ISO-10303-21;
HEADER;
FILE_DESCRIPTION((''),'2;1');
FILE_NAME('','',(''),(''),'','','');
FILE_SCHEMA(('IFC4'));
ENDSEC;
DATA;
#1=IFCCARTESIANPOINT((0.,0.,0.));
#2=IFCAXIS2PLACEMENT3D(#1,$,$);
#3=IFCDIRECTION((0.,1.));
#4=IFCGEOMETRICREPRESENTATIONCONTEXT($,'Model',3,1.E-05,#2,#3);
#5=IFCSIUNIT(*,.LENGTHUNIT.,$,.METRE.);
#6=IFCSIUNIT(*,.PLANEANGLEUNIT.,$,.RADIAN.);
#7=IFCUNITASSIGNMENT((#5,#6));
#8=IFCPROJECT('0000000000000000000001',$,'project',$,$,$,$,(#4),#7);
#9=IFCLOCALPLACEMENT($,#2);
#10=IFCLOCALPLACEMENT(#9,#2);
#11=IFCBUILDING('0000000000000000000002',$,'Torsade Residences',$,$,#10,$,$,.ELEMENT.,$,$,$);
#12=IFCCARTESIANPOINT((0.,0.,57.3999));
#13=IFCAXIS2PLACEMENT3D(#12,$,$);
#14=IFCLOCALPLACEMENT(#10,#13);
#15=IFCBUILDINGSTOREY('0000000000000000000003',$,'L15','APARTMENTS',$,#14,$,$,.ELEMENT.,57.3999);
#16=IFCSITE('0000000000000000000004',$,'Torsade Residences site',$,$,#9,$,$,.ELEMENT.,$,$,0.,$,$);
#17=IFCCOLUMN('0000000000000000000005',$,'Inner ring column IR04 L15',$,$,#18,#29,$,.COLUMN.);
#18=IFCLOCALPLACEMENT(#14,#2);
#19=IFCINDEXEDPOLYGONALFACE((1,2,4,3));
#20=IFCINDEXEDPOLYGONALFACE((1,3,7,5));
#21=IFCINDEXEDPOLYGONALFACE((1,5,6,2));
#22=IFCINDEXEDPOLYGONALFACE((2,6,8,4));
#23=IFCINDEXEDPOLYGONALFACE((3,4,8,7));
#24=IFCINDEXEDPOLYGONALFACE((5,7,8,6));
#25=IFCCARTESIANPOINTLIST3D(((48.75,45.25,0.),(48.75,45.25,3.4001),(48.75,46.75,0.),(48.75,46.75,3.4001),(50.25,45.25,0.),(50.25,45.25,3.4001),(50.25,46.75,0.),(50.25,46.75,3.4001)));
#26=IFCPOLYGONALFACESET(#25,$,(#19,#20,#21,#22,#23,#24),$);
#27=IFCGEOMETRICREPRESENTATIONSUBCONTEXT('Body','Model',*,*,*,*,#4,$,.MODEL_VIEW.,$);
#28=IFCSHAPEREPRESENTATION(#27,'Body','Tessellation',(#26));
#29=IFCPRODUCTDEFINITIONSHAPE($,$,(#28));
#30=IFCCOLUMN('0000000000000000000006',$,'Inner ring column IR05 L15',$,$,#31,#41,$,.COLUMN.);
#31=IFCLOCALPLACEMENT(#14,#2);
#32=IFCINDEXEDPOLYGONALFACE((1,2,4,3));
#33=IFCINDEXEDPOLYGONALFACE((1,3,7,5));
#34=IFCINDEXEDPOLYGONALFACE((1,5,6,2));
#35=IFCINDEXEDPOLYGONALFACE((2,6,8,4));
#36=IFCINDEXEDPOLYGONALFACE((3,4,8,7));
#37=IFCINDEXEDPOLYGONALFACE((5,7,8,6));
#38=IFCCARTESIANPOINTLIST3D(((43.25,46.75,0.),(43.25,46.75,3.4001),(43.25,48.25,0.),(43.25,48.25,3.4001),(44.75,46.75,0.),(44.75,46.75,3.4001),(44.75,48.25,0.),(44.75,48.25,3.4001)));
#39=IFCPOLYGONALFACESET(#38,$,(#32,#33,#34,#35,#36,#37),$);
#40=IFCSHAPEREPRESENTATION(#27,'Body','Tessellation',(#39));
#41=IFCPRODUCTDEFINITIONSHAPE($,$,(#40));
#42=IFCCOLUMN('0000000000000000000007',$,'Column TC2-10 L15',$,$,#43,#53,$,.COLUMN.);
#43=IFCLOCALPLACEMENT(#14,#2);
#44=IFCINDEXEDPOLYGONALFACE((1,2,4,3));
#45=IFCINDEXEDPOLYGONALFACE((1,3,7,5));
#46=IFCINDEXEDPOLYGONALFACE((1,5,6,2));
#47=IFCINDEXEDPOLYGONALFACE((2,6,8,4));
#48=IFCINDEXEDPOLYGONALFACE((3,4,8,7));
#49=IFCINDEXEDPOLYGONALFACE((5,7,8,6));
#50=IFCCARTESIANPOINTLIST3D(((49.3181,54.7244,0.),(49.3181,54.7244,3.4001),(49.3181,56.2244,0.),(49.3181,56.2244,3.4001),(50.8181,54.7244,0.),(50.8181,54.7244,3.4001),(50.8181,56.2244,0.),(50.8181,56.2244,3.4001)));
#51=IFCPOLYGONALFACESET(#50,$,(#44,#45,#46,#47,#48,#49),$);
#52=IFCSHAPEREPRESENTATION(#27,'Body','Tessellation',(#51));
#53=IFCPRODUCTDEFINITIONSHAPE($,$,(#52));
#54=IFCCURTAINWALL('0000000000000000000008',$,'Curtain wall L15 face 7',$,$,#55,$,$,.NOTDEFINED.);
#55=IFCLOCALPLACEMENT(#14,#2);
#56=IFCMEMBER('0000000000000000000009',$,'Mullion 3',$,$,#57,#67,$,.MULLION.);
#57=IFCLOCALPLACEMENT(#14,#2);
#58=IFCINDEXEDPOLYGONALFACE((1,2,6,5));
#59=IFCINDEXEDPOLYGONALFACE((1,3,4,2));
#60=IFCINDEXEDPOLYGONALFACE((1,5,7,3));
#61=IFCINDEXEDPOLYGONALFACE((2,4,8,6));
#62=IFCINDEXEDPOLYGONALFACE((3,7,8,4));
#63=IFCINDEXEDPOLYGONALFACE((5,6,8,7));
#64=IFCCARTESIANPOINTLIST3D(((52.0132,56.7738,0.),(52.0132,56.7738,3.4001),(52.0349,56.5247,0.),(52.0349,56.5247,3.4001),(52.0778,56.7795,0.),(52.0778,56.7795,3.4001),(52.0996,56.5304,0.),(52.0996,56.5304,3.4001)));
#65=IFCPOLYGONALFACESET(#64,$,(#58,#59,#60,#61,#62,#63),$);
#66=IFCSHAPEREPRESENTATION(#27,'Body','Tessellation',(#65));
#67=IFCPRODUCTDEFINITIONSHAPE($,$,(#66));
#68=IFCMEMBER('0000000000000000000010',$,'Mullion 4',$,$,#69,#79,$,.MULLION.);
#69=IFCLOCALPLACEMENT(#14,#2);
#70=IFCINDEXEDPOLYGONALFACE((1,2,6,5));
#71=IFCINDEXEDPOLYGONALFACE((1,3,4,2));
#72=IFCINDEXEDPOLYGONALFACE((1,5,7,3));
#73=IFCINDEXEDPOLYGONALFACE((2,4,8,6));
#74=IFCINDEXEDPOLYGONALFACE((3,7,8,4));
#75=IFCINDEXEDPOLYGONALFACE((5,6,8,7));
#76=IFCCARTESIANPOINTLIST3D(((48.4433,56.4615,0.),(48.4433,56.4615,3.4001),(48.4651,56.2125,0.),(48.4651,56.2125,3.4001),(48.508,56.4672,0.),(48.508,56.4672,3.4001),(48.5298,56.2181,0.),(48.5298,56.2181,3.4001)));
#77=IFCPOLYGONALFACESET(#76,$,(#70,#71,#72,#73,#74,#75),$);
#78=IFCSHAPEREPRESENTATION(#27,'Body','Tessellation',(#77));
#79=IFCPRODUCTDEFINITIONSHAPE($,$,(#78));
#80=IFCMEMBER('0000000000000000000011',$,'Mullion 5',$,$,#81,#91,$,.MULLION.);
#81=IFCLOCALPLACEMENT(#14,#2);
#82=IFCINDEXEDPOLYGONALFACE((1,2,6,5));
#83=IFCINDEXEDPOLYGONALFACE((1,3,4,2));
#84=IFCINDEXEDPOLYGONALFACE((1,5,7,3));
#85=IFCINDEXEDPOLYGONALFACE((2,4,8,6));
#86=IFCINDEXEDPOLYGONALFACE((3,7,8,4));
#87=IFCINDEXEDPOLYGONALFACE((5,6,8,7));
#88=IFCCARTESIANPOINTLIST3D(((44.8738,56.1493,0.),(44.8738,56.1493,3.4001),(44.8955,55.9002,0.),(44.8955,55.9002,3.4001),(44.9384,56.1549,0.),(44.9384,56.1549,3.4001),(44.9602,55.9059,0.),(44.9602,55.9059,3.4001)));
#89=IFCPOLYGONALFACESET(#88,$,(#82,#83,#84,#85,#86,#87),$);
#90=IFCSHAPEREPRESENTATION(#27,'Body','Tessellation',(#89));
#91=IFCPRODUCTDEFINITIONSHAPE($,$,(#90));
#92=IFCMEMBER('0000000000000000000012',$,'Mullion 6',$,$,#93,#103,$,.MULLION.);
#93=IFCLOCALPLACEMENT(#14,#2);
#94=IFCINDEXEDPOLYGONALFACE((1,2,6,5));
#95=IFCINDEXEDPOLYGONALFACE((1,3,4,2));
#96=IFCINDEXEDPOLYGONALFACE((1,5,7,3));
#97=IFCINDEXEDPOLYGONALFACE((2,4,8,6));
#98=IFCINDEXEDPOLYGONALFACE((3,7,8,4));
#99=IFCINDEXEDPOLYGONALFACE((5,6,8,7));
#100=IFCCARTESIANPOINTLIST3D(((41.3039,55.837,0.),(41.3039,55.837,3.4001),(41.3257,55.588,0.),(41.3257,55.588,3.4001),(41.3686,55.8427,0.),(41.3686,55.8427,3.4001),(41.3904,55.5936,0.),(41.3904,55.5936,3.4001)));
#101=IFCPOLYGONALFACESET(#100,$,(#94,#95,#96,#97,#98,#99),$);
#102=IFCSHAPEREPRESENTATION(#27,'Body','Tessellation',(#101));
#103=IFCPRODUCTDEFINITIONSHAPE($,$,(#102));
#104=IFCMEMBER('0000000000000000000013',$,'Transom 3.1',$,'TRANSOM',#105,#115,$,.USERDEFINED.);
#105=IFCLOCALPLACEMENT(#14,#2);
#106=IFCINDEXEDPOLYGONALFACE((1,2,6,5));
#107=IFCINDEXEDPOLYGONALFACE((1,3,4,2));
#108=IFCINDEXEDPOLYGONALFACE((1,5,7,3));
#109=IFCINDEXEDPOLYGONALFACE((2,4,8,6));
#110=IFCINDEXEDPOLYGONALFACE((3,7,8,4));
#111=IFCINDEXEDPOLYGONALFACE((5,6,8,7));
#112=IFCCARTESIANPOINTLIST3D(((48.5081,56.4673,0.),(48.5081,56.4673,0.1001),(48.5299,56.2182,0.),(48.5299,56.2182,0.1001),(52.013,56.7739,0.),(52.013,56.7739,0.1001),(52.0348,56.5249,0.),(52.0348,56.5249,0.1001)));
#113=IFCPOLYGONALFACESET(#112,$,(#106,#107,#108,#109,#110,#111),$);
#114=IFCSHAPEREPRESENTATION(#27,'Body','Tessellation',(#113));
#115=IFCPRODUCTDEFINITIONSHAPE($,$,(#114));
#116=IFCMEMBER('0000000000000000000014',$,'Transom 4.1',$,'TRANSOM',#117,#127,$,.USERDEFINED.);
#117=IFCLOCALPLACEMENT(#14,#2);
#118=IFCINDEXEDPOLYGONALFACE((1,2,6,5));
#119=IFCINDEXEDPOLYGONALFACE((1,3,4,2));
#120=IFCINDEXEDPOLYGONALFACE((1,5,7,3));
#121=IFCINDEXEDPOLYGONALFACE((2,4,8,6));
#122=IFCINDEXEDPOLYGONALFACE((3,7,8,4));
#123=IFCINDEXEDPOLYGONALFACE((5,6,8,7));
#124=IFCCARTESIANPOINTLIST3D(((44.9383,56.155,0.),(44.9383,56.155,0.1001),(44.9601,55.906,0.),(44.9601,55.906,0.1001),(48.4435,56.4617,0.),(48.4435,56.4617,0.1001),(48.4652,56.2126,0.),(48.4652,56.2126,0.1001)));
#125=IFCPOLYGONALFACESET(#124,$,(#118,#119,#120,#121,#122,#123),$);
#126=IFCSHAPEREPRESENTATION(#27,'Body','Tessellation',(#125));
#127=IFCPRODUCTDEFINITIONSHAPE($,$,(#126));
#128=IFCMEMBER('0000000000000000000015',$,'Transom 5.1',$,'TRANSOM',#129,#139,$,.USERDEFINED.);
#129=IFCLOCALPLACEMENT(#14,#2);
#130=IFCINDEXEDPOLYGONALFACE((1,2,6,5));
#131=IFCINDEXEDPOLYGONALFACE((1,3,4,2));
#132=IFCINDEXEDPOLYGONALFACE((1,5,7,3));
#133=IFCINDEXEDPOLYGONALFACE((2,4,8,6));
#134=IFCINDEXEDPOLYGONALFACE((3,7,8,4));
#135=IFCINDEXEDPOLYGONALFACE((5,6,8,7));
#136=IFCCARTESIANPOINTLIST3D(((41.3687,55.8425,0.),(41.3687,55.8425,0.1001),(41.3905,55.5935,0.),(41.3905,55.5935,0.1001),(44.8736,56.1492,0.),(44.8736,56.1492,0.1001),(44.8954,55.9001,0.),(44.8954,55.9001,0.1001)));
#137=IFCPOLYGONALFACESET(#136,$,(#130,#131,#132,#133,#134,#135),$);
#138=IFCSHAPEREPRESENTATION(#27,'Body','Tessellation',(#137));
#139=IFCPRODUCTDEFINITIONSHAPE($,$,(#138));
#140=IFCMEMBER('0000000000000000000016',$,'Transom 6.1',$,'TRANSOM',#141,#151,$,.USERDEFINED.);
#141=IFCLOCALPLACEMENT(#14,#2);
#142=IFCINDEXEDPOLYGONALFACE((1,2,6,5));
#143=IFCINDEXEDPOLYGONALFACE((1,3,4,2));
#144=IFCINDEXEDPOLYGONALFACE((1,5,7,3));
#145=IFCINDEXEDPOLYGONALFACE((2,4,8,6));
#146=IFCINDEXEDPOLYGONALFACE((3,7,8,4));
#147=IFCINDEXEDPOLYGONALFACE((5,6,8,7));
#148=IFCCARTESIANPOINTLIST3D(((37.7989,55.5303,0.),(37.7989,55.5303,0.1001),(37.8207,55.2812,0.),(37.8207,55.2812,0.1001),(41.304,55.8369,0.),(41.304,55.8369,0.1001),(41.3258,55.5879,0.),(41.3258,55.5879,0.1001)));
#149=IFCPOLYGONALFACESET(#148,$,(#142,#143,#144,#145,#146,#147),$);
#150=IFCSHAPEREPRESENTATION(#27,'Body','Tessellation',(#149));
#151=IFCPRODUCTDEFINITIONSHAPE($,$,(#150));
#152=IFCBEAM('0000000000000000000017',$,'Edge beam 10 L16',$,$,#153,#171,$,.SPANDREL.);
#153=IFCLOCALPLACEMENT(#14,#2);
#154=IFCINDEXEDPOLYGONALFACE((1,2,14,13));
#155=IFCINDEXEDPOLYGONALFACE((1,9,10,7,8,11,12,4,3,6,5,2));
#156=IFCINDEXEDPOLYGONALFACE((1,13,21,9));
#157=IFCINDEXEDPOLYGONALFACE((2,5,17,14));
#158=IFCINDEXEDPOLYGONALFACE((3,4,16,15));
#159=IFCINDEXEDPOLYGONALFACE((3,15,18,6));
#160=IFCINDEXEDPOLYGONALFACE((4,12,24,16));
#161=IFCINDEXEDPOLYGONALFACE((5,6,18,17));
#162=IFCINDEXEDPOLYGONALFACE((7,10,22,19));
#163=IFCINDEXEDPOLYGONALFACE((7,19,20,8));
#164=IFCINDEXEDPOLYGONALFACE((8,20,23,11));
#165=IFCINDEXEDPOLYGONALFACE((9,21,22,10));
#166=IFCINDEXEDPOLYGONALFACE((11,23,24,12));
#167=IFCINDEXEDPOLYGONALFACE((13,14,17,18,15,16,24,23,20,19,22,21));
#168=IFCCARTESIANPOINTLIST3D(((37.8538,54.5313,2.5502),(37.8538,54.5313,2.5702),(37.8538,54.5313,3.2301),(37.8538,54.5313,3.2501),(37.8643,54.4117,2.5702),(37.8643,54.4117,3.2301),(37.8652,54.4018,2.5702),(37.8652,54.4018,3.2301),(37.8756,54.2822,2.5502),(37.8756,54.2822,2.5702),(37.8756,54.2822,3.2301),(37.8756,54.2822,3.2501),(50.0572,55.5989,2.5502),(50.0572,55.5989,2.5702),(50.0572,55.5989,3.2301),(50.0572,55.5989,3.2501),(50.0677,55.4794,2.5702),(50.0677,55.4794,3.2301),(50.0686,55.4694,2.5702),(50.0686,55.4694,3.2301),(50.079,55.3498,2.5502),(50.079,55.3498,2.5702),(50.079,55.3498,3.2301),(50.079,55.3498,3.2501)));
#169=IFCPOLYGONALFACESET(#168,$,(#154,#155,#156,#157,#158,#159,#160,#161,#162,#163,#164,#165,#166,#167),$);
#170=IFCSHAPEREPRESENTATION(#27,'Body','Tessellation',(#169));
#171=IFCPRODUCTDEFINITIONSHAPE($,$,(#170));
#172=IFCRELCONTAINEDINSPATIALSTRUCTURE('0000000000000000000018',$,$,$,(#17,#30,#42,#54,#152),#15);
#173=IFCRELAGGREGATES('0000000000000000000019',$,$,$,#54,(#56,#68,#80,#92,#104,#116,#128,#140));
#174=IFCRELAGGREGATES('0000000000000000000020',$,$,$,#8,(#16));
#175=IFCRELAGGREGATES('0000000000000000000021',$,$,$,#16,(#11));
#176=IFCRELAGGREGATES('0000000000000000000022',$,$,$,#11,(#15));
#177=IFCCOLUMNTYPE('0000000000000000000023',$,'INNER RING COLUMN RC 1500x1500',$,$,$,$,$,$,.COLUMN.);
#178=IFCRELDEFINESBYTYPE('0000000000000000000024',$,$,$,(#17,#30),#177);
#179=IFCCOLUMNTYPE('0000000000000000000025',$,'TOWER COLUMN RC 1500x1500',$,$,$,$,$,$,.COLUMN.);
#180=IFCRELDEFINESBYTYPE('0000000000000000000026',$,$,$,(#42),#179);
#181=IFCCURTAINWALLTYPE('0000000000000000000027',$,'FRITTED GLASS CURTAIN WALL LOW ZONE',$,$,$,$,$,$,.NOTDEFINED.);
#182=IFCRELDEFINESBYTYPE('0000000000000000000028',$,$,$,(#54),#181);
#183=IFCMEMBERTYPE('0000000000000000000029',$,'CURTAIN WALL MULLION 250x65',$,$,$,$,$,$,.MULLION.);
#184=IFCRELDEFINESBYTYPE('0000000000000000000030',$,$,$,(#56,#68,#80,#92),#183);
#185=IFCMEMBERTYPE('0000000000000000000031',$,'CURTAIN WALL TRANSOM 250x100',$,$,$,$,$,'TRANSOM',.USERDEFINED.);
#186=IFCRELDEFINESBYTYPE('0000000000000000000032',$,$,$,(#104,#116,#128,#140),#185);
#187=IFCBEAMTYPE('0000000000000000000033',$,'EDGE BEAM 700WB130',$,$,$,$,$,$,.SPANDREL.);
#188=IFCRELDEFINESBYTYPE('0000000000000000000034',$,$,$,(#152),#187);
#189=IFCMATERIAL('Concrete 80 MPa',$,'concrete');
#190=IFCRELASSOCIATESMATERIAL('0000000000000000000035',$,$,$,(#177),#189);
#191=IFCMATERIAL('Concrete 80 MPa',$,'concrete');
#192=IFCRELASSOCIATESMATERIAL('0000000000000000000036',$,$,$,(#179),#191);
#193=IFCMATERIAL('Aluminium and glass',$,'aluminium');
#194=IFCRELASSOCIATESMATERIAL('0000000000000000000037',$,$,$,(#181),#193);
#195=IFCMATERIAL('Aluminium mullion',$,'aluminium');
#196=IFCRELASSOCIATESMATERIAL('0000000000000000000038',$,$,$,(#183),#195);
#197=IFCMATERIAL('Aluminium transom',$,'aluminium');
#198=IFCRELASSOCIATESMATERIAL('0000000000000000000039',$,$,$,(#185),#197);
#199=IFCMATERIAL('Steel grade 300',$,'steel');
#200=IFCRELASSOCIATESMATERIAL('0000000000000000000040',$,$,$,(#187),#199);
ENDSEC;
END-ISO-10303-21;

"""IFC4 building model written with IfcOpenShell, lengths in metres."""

from ifc_helpers import new_model, si_unit, direction, frame, origin, origin_2d, place, context, subcontext, project, spatial, rectangle, i_section, extrude, material, material_profile, profile_set, type_object, element, aggregate, save


model = new_model("IFC4")

# Units and contexts
model_context = context("Model", 3, precision=1e-05, world=origin(), true_north=direction((0.0, 1.0)))
body_context = subcontext(model_context, "Body", "Model", "MODEL_VIEW")
ifc_project = project(units=[si_unit("LENGTHUNIT", "METRE"), si_unit("PLANEANGLEUNIT", "RADIAN")], contexts=[model_context])

# Site, building, storey
site_placement = place(None, origin())
site = spatial("IfcSite", under=ifc_project, at=site_placement, Name="Torsade Residences site", CompositionType="ELEMENT", RefElevation=0.0)
building_placement = place(site_placement, origin())
building = spatial("IfcBuilding", under=site, at=building_placement, Name="Torsade Residences", CompositionType="ELEMENT")
storey_placement = place(building_placement, frame((0.0, 0.0, 57.3999)))
storey = spatial("IfcBuildingStorey", under=building, at=storey_placement, Name="L15", Description="APARTMENTS", CompositionType="ELEMENT", Elevation=57.3999)

# Columns
ifc_material_1 = material(Name="Concrete 80 MPa", Category="concrete")
ifc_material_profile_1 = material_profile(ifc_material_1, rectangle(XDim=1.5, YDim=1.5, at=origin_2d()), Name="RC 1500x1500")
ifc_profile_set_1 = profile_set([ifc_material_profile_1], Name="Concrete 80 MPa")
column_type_1 = type_object("IfcColumnType", Name="INNER RING COLUMN RC 1500x1500", PredefinedType="COLUMN", material=ifc_profile_set_1)
for number, where, z_axis, x_axis, name in (
    (1, (49.5, 46.0, 0.0), (0.0, 0.0, 1.0), (1.0, 0.0, 0.0), "Inner ring column IR04 L15"),
    (2, (44.0, 47.5, 0.0), (0.0, 0.0, 1.0), (1.0, 0.0, 0.0), "Inner ring column IR05 L15"),
):
    element("IfcColumn", number, at=place(storey_placement, frame(where, z_axis=z_axis, x_axis=x_axis)), inside=storey, type_object=column_type_1, Name=name, PredefinedType="COLUMN", context=body_context, shape_type="SweptSolid", body=[
        extrude(rectangle(XDim=1.5, YDim=1.5, at=origin_2d()), origin(), (0.0, 0.0, 1.0), 3.4001),
    ])
ifc_material_2 = material(Name="Concrete 80 MPa", Category="concrete")
ifc_material_profile_2 = material_profile(ifc_material_2, rectangle(XDim=1.5, YDim=1.5, at=origin_2d()), Name="RC 1500x1500")
ifc_profile_set_2 = profile_set([ifc_material_profile_2], Name="Concrete 80 MPa")
column_type_2 = type_object("IfcColumnType", Name="TOWER COLUMN RC 1500x1500", PredefinedType="COLUMN", material=ifc_profile_set_2)
column_placement = place(storey_placement, frame((50.0681, 55.4744, 0.0), z_axis=(0.0, 0.0, 1.0), x_axis=(1.0, 0.0, 0.0)))
element("IfcColumn", 3, at=column_placement, inside=storey, type_object=column_type_2, Name="Column TC2-10 L15", PredefinedType="COLUMN", context=body_context, shape_type="SweptSolid", body=[
    extrude(rectangle(XDim=1.5, YDim=1.5, at=origin_2d()), origin(), (0.0, 0.0, 1.0), 3.4001),
])

# Curtain wall, members
ifc_material_3 = material(Name="Aluminium and glass", Category="aluminium")
curtain_wall_type = type_object("IfcCurtainWallType", Name="FRITTED GLASS CURTAIN WALL LOW ZONE", PredefinedType="NOTDEFINED", material=ifc_material_3)
curtain_wall_placement = place(storey_placement, origin())
curtain_wall = element("IfcCurtainWall", 4, at=curtain_wall_placement, inside=storey, type_object=curtain_wall_type, Name="Curtain wall L15 face 7", PredefinedType="NOTDEFINED")
ifc_material_4 = material(Name="Aluminium mullion", Category="aluminium")
ifc_material_profile_3 = material_profile(ifc_material_4, rectangle(XDim=0.25, YDim=0.0649, at=origin_2d()), Name="CURTAIN WALL MULLION 250x65")
ifc_profile_set_3 = profile_set([ifc_material_profile_3], Name="Aluminium mullion")
member_type_1 = type_object("IfcMemberType", Name="CURTAIN WALL MULLION 250x65", PredefinedType="MULLION", material=ifc_profile_set_3)
member_1_placement = place(storey_placement, frame((52.0564, 56.6521, 0.0), z_axis=(0.0, 0.0, 1.0), x_axis=(0.087156, -0.996195, 0.0)))
member_1 = element("IfcMember", 5, at=member_1_placement, type_object=member_type_1, Name="Mullion 3", PredefinedType="MULLION", context=body_context, shape_type="SweptSolid", body=[
    extrude(rectangle(XDim=0.25, YDim=0.0649, at=origin_2d()), origin(), (0.0, 0.0, 1.0), 3.4001),
])
member_2_placement = place(storey_placement, frame((48.4866, 56.3398, 0.0), z_axis=(0.0, 0.0, 1.0), x_axis=(0.087156, -0.996195, 0.0)))
member_2 = element("IfcMember", 6, at=member_2_placement, type_object=member_type_1, Name="Mullion 4", PredefinedType="MULLION", context=body_context, shape_type="SweptSolid", body=[
    extrude(rectangle(XDim=0.25, YDim=0.0649, at=origin_2d()), origin(), (0.0, 0.0, 1.0), 3.4001),
])
member_3_placement = place(storey_placement, frame((44.917, 56.0276, 0.0), z_axis=(0.0, 0.0, 1.0), x_axis=(0.087156, -0.996195, 0.0)))
member_3 = element("IfcMember", 7, at=member_3_placement, type_object=member_type_1, Name="Mullion 5", PredefinedType="MULLION", context=body_context, shape_type="SweptSolid", body=[
    extrude(rectangle(XDim=0.25, YDim=0.0649, at=origin_2d()), origin(), (0.0, 0.0, 1.0), 3.4001),
])
member_4_placement = place(storey_placement, frame((41.3472, 55.7153, 0.0), z_axis=(0.0, 0.0, 1.0), x_axis=(0.087156, -0.996195, 0.0)))
member_4 = element("IfcMember", 8, at=member_4_placement, type_object=member_type_1, Name="Mullion 6", PredefinedType="MULLION", context=body_context, shape_type="SweptSolid", body=[
    extrude(rectangle(XDim=0.25, YDim=0.0649, at=origin_2d()), origin(), (0.0, 0.0, 1.0), 3.4001),
])
ifc_material_5 = material(Name="Aluminium transom", Category="aluminium")
ifc_material_profile_4 = material_profile(ifc_material_5, rectangle(XDim=0.25, YDim=0.1001, at=origin_2d()), Name="CURTAIN WALL TRANSOM 250x100")
ifc_profile_set_4 = profile_set([ifc_material_profile_4], Name="Aluminium transom")
member_type_2 = type_object("IfcMemberType", Name="CURTAIN WALL TRANSOM 250x100", ElementType="TRANSOM", PredefinedType="USERDEFINED", material=ifc_profile_set_4)
member_5_placement = place(storey_placement, frame((52.0239, 56.6494, 0.05), z_axis=(-0.996195, -0.087157, 0.0), x_axis=(0.087157, -0.996195, 0.0)))
member_5 = element("IfcMember", 9, at=member_5_placement, type_object=member_type_2, Name="Transom 3.1", ObjectType="TRANSOM", PredefinedType="USERDEFINED", context=body_context, shape_type="SweptSolid", body=[
    extrude(rectangle(XDim=0.25, YDim=0.1001, at=origin_2d()), origin(), (0.0, 0.0, 1.0), 3.5183),
])
member_6_placement = place(storey_placement, frame((48.4543, 56.3372, 0.05), z_axis=(-0.996195, -0.087151, 0.0), x_axis=(0.087151, -0.996195, 0.0)))
member_6 = element("IfcMember", 10, at=member_6_placement, type_object=member_type_2, Name="Transom 4.1", ObjectType="TRANSOM", PredefinedType="USERDEFINED", context=body_context, shape_type="SweptSolid", body=[
    extrude(rectangle(XDim=0.25, YDim=0.1001, at=origin_2d()), origin(), (0.0, 0.0, 1.0), 3.5186),
])
member_7_placement = place(storey_placement, frame((44.8845, 56.0247, 0.05), z_axis=(-0.996195, -0.087157, 0.0), x_axis=(0.087157, -0.996195, 0.0)))
member_7 = element("IfcMember", 11, at=member_7_placement, type_object=member_type_2, Name="Transom 5.1", ObjectType="TRANSOM", PredefinedType="USERDEFINED", context=body_context, shape_type="SweptSolid", body=[
    extrude(rectangle(XDim=0.25, YDim=0.1001, at=origin_2d()), origin(), (0.0, 0.0, 1.0), 3.5183),
])
member_8_placement = place(storey_placement, frame((41.3149, 55.7124, 0.05), z_axis=(-0.996195, -0.087151, 0.0), x_axis=(0.087151, -0.996195, 0.0)))
member_8 = element("IfcMember", 12, at=member_8_placement, type_object=member_type_2, Name="Transom 6.1", ObjectType="TRANSOM", PredefinedType="USERDEFINED", context=body_context, shape_type="SweptSolid", body=[
    extrude(rectangle(XDim=0.25, YDim=0.1001, at=origin_2d()), origin(), (0.0, 0.0, 1.0), 3.5186),
])

# Beam
ifc_material_6 = material(Name="Steel grade 300", Category="steel")
ifc_material_profile_5 = material_profile(ifc_material_6, i_section(OverallWidth=0.25, OverallDepth=0.7, WebThickness=0.01, FlangeThickness=0.02, at=origin_2d()), Name="700WB130")
ifc_profile_set_5 = profile_set([ifc_material_profile_5], Name="Steel grade 300")
beam_type_1 = type_object("IfcBeamType", Name="EDGE BEAM 700WB130", PredefinedType="SPANDREL", material=ifc_profile_set_5)
beam_1_placement = place(storey_placement, frame((50.0681, 55.4744, 2.9001), z_axis=(-0.996195, -0.087153, 0.0), x_axis=(0.087153, -0.996195, 0.0)))
element("IfcBeam", 13, at=beam_1_placement, inside=storey, type_object=beam_type_1, Name="Edge beam 10 L16", PredefinedType="SPANDREL", context=body_context, shape_type="SweptSolid", body=[
    extrude(i_section(OverallWidth=0.25, OverallDepth=0.7, WebThickness=0.01, FlangeThickness=0.02, at=origin_2d()), origin(), (0.0, 0.0, 1.0), 12.25),
])

aggregate(curtain_wall, [member_1, member_2, member_3, member_4, member_5, member_6, member_7, member_8])

save(model, "model.ifc")
